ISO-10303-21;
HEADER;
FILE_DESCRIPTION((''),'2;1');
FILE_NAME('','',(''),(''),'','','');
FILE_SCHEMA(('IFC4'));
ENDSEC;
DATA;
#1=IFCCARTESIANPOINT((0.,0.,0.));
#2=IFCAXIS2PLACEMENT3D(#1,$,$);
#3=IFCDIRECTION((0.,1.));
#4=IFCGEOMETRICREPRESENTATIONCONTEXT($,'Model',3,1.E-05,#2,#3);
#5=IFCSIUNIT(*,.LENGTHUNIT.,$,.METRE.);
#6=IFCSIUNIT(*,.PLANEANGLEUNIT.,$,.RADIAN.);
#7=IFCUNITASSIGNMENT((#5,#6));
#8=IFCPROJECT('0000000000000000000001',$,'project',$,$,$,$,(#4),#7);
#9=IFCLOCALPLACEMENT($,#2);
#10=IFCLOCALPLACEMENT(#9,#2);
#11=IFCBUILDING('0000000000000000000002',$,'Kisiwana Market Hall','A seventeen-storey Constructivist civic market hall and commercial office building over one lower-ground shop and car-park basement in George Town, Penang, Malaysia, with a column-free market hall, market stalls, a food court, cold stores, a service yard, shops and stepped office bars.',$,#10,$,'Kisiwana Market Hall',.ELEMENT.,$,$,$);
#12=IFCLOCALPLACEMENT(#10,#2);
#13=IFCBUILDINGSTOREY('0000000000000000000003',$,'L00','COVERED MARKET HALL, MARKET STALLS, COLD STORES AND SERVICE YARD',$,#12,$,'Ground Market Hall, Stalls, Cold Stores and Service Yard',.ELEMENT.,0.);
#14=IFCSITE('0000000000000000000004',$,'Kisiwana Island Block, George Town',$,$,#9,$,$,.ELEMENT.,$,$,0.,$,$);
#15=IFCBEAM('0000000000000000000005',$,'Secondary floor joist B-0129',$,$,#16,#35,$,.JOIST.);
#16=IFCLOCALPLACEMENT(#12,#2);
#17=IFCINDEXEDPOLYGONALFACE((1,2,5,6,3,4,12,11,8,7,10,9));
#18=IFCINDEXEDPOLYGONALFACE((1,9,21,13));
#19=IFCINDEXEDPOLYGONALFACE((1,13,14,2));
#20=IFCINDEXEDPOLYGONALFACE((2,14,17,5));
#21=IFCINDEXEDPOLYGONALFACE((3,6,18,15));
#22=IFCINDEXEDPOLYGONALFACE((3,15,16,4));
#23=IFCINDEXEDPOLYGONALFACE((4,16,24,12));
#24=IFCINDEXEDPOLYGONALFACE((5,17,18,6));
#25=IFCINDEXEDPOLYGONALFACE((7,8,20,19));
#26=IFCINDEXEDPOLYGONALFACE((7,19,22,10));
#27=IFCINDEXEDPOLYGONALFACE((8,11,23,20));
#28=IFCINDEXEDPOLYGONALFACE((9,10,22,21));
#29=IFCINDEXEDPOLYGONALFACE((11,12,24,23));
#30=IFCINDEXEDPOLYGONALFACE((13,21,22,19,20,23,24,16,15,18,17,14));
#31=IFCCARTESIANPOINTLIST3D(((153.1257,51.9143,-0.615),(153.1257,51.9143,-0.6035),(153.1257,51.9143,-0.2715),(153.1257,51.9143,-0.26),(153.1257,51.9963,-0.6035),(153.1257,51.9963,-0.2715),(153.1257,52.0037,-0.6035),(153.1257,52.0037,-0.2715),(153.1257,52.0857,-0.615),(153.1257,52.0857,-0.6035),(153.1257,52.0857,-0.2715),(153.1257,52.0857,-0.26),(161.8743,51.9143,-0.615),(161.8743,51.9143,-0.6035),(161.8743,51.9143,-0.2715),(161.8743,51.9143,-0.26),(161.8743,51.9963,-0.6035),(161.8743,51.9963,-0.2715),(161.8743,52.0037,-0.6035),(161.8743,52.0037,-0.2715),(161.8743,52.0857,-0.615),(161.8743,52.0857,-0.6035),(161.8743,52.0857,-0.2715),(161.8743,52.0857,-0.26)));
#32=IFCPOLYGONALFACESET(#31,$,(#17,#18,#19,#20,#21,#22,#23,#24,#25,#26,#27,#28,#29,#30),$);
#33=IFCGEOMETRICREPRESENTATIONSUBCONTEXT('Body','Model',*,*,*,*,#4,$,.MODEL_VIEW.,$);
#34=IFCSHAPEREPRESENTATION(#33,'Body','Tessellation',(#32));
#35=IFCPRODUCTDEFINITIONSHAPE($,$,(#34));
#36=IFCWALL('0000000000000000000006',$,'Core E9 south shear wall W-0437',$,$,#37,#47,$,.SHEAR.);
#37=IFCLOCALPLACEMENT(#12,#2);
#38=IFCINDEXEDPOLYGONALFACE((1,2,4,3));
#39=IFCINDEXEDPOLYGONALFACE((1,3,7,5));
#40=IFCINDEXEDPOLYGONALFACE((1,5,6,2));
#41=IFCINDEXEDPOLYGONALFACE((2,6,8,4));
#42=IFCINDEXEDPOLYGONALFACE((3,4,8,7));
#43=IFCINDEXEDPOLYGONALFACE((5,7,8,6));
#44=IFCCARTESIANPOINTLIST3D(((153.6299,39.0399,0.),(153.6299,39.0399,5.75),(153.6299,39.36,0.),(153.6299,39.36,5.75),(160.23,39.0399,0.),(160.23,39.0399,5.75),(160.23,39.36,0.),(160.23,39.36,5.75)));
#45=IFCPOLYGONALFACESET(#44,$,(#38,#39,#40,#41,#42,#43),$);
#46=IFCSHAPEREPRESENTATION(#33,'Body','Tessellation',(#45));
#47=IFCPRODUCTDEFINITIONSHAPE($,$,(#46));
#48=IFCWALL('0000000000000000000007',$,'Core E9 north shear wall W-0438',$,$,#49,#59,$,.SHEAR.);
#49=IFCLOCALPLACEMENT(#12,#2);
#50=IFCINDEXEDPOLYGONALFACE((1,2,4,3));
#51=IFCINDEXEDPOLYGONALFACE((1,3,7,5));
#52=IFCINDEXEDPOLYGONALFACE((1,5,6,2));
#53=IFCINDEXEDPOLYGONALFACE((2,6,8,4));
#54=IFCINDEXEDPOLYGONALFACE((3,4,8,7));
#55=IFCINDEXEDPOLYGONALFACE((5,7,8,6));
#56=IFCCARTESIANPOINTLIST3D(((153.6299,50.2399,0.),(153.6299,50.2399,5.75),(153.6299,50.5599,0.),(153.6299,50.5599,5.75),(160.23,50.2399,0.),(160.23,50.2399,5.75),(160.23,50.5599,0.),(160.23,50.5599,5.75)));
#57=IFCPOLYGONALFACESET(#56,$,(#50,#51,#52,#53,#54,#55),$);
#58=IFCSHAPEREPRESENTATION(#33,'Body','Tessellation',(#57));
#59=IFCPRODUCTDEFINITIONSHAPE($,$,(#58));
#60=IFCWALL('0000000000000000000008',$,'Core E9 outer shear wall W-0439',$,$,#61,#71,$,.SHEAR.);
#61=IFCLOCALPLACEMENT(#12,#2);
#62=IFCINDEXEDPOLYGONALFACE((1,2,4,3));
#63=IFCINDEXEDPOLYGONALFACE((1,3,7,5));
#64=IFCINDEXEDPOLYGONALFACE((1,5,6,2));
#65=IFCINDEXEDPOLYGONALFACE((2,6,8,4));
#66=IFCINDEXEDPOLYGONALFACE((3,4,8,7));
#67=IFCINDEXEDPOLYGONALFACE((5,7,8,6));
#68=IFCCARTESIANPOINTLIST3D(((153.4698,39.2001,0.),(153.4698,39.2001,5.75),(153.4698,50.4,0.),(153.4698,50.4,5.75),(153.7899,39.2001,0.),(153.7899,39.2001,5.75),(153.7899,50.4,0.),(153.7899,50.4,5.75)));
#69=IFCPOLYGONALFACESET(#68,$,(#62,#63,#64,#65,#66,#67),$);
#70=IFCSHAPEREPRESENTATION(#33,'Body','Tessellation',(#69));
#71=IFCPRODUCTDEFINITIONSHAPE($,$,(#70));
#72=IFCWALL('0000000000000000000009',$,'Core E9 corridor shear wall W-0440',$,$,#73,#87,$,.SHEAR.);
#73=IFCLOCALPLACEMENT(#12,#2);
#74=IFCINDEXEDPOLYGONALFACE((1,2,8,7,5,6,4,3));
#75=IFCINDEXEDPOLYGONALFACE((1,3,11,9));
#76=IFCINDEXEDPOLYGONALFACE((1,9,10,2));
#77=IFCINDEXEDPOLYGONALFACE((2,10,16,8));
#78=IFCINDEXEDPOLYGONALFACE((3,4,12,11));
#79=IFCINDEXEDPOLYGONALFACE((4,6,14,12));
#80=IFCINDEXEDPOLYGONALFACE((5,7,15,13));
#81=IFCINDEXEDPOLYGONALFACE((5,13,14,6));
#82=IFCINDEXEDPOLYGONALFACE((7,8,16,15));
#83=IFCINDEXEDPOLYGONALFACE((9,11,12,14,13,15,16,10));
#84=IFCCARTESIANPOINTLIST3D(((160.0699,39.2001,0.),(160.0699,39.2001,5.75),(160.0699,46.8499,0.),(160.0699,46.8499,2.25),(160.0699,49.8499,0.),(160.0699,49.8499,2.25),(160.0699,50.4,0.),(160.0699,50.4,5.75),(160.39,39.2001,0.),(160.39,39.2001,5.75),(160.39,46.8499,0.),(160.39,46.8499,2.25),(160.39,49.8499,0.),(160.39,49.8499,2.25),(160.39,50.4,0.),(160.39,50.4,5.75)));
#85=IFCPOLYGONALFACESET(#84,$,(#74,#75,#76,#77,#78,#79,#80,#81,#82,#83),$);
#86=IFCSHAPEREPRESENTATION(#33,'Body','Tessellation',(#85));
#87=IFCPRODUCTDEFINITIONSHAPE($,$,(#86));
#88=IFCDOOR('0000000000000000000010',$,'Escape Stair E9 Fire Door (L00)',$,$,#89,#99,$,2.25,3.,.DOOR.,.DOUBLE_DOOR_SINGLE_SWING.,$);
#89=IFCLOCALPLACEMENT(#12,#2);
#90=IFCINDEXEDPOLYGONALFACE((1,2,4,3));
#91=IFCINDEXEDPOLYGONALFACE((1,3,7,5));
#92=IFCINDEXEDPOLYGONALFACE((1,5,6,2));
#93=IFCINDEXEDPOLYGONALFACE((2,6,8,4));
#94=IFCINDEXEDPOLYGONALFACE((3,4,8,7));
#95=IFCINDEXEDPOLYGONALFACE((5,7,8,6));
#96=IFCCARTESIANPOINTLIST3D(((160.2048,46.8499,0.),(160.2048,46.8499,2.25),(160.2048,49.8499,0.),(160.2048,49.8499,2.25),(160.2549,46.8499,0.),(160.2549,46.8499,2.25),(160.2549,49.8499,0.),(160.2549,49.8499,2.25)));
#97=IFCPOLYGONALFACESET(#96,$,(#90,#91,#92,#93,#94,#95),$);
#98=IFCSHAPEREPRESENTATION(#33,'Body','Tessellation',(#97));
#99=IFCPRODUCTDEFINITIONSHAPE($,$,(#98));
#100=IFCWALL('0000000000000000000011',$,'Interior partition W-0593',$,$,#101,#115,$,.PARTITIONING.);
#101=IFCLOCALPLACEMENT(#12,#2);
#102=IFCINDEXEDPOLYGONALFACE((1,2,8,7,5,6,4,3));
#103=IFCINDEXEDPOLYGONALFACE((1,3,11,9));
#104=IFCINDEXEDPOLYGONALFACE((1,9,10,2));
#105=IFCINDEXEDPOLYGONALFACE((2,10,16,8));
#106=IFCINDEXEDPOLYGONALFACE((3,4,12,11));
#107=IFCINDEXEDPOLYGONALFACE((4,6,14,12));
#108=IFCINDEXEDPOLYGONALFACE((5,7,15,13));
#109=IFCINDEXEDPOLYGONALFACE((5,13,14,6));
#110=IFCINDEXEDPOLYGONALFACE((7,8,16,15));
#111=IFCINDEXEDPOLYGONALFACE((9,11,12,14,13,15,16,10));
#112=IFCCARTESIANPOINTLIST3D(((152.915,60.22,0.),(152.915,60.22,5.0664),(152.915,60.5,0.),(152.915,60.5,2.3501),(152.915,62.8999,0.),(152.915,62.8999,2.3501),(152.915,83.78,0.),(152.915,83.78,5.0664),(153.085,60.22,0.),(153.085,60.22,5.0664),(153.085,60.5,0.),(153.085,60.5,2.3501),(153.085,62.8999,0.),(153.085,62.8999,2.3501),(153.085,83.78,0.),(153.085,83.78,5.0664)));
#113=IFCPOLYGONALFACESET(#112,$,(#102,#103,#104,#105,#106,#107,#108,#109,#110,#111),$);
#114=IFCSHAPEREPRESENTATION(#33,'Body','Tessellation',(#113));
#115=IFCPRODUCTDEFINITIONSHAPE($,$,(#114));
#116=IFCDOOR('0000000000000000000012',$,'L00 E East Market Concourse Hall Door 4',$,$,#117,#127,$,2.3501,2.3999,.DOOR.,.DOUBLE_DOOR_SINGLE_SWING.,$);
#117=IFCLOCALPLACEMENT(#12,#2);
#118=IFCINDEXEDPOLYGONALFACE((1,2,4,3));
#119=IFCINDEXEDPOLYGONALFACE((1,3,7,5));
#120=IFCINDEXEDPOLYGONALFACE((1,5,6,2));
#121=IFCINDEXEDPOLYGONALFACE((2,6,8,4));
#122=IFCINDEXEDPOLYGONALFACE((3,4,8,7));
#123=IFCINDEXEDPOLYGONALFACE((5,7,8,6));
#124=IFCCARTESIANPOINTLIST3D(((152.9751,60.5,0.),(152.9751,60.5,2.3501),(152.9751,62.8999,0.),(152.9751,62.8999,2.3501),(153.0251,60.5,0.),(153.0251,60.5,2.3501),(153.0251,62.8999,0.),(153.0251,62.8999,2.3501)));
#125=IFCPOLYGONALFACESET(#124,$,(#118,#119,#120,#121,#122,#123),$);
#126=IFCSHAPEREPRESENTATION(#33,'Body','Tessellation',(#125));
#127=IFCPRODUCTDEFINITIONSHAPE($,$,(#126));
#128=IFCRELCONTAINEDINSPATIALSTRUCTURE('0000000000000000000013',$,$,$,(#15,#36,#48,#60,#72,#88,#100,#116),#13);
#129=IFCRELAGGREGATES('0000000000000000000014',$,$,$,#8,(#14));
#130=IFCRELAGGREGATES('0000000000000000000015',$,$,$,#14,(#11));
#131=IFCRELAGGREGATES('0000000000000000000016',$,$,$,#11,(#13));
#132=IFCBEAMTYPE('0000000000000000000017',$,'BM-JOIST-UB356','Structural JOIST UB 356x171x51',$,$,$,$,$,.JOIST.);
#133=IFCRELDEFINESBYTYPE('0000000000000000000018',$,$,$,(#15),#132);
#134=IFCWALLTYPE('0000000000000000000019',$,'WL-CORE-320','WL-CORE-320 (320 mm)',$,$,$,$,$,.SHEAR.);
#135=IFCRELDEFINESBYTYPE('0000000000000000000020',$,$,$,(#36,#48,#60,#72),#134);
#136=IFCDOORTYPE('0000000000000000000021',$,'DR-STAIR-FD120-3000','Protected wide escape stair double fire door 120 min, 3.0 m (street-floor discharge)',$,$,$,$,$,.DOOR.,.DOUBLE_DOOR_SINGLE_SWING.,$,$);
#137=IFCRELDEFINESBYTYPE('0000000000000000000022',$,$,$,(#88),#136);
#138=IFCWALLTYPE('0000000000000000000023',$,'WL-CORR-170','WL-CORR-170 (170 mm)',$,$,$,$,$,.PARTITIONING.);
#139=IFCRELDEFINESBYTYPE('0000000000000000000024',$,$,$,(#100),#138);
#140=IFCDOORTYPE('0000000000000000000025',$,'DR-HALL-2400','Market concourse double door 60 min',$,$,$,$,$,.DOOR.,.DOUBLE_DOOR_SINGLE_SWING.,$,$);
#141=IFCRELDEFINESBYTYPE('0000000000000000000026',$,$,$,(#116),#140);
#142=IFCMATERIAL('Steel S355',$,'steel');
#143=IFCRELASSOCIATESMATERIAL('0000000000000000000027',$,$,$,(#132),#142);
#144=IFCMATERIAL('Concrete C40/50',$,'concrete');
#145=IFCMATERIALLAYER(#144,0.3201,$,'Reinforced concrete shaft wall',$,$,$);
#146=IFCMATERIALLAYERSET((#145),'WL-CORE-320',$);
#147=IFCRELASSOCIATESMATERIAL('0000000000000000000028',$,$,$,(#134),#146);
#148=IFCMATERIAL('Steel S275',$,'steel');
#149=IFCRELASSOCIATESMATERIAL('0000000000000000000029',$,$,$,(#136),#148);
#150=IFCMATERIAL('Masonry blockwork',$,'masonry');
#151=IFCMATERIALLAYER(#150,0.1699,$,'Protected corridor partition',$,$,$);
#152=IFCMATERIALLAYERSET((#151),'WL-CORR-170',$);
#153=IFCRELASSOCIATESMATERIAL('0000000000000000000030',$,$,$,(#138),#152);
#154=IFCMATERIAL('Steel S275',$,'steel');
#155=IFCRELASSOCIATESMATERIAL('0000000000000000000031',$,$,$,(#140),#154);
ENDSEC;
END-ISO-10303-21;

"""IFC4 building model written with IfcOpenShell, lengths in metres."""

from ifc_helpers import new_model, si_unit, direction, frame, frame_2d, origin, origin_2d, place, context, subcontext, project, spatial, rectangle, i_section, extrude, material, layer, layer_set, material_profile, profile_set, type_object, element, fill, save


model = new_model("IFC4")

# Units and contexts
model_context = context("Model", 3, precision=1e-05, world=origin(), true_north=direction((0.0, 1.0)))
body_context = subcontext(model_context, "Body", "Model", "MODEL_VIEW")
ifc_project = project(units=[si_unit("LENGTHUNIT", "METRE"), si_unit("PLANEANGLEUNIT", "RADIAN")], contexts=[model_context])

# Site, building, storey
site_placement = place(None, origin())
site = spatial("IfcSite", under=ifc_project, at=site_placement, Name="Kisiwana Island Block, George Town", CompositionType="ELEMENT", RefElevation=0.0)
building_placement = place(site_placement, origin())
building = spatial("IfcBuilding", under=site, at=building_placement, Name="Kisiwana Market Hall", Description="A seventeen-storey Constructivist civic market hall and commercial office building over one lower-ground shop and car-park basement in George Town, Penang, Malaysia, with a column-free market hall, market stalls, a food court, cold stores, a service yard, shops and stepped office bars.", LongName="Kisiwana Market Hall", CompositionType="ELEMENT")
storey_placement = place(building_placement, origin())
storey = spatial("IfcBuildingStorey", under=building, at=storey_placement, Name="L00", Description="COVERED MARKET HALL, MARKET STALLS, COLD STORES AND SERVICE YARD", LongName="Ground Market Hall, Stalls, Cold Stores and Service Yard", CompositionType="ELEMENT", Elevation=0.0)

# Beam
ifc_material_1 = material(Name="Steel S355", Category="steel")
ifc_material_profile_1 = material_profile(ifc_material_1, i_section(OverallWidth=0.1714, OverallDepth=0.355, WebThickness=0.0073, FlangeThickness=0.0115, at=origin_2d()), Name="UB 356x171x51")
ifc_profile_set_1 = profile_set([ifc_material_profile_1], Name="Steel S355")
beam_type_1 = type_object("IfcBeamType", Name="BM-JOIST-UB356", Description="Structural JOIST UB 356x171x51", PredefinedType="JOIST", material=ifc_profile_set_1)
beam_1_placement = place(storey_placement, frame((153.1257, 52.0, -0.4375), z_axis=(1.0, 0.0, 0.0), x_axis=(0.0, 1.0, 0.0)))
element("IfcBeam", 1, at=beam_1_placement, inside=storey, type_object=beam_type_1, Name="Secondary floor joist B-0129", PredefinedType="JOIST", context=body_context, shape_type="SweptSolid", body=[
    extrude(i_section(OverallWidth=0.1714, OverallDepth=0.355, WebThickness=0.0073, FlangeThickness=0.0115, at=origin_2d()), origin(), (0.0, 0.0, 1.0), 8.7485),
])

# Walls
ifc_material_2 = material(Name="Concrete C40/50", Category="concrete")
ifc_layer_1 = layer(ifc_material_2, 0.3201, Name="Reinforced concrete shaft wall")
ifc_layer_set_1 = layer_set([ifc_layer_1], Name="WL-CORE-320")
wall_type_1 = type_object("IfcWallType", Name="WL-CORE-320", Description="WL-CORE-320 (320 mm)", PredefinedType="SHEAR", material=ifc_layer_set_1)
for number, where, z_axis, x_axis, name in (
    (2, (153.6299, 39.2, 0.0), (0.0, 0.0, 1.0), (1.0, 0.0, 0.0), "Core E9 south shear wall W-0437"),
    (3, (153.6299, 50.3999, 0.0), (0.0, 0.0, 1.0), (1.0, 0.0, 0.0), "Core E9 north shear wall W-0438"),
):
    element("IfcWall", number, at=place(storey_placement, frame(where, z_axis=z_axis, x_axis=x_axis)), inside=storey, type_object=wall_type_1, Name=name, PredefinedType="SHEAR", context=body_context, shape_type="SweptSolid", body=[
        extrude(rectangle(XDim=6.6001, YDim=0.3201, at=frame_2d((3.3, 0.0))), origin(), (0.0, 0.0, 1.0), 5.75),
    ])
wall_1_placement = place(storey_placement, frame((153.6299, 39.2, 0.0), z_axis=(0.0, 0.0, 1.0), x_axis=(0.0, 1.0, 0.0)))
element("IfcWall", 4, at=wall_1_placement, inside=storey, type_object=wall_type_1, Name="Core E9 outer shear wall W-0439", PredefinedType="SHEAR", context=body_context, shape_type="SweptSolid", body=[
    extrude(rectangle(XDim=11.2, YDim=0.3201, at=frame_2d((5.6001, 0.0))), origin(), (0.0, 0.0, 1.0), 5.75),
])

# Walls, openings, doors
wall_2_placement = place(storey_placement, frame((160.23, 39.2, 0.0), z_axis=(0.0, 0.0, 1.0), x_axis=(0.0, 1.0, 0.0)))
wall_2 = element("IfcWall", 5, at=wall_2_placement, inside=storey, type_object=wall_type_1, Name="Core E9 corridor shear wall W-0440", PredefinedType="SHEAR", context=body_context, shape_type="SweptSolid", body=[
    extrude(rectangle(XDim=11.2, YDim=0.3201, at=frame_2d((5.6001, 0.0))), origin(), (0.0, 0.0, 1.0), 5.75),
])
opening_1_placement = place(wall_2_placement, frame((7.6499, 0.0, 0.0)))
opening_1 = element("IfcOpeningElement", 6, at=opening_1_placement, cuts=wall_2, PredefinedType="OPENING", context=body_context, shape_type="SweptSolid", body=[
    extrude(rectangle(XDim=3.0, YDim=2.25, at=frame_2d((1.5, 1.125))), frame((0.0, 0.1719, 0.0), z_axis=(0.0, -1.0, 0.0), x_axis=(1.0, 0.0, 0.0)), (0.0, 0.0, 1.0), 0.344),
])
ifc_material_3 = material(Name="Steel S275", Category="steel")
door_type_1 = type_object("IfcDoorType", Name="DR-STAIR-FD120-3000", Description="Protected wide escape stair double fire door 120 min, 3.0 m (street-floor discharge)", OperationType="DOUBLE_DOOR_SINGLE_SWING", PredefinedType="DOOR", material=ifc_material_3)
door_1_placement = place(opening_1_placement, frame((3.0, 0.0, 0.0), z_axis=(0.0, 0.0, 1.0), x_axis=(-1.0, 0.0, 0.0)))
door_1 = element("IfcDoor", 7, at=door_1_placement, inside=storey, type_object=door_type_1, Name="Escape Stair E9 Fire Door (L00)", OperationType="DOUBLE_DOOR_SINGLE_SWING", OverallHeight=2.25, OverallWidth=3.0, PredefinedType="DOOR", context=body_context, shape_type="SweptSolid", body=[
    extrude(rectangle(XDim=3.0, YDim=2.25, at=frame_2d((1.5, 1.125))), frame((0.0, 0.0249, 0.0), z_axis=(0.0, -1.0, 0.0), x_axis=(1.0, 0.0, 0.0)), (0.0, 0.0, 1.0), 0.05),
])
fill(opening_1, door_1)
ifc_material_4 = material(Name="Masonry blockwork", Category="masonry")
ifc_layer_2 = layer(ifc_material_4, 0.1699, Name="Protected corridor partition")
ifc_layer_set_2 = layer_set([ifc_layer_2], Name="WL-CORR-170")
wall_type_2 = type_object("IfcWallType", Name="WL-CORR-170", Description="WL-CORR-170 (170 mm)", PredefinedType="PARTITIONING", material=ifc_layer_set_2)
wall_3_placement = place(storey_placement, frame((153.0, 60.22, 0.0), z_axis=(0.0, 0.0, 1.0), x_axis=(0.0, 1.0, 0.0)))
wall_3 = element("IfcWall", 8, at=wall_3_placement, inside=storey, type_object=wall_type_2, Name="Interior partition W-0593", PredefinedType="PARTITIONING", context=body_context, shape_type="SweptSolid", body=[
    extrude(rectangle(XDim=23.5601, YDim=0.1699, at=frame_2d((11.78, 0.0))), origin(), (0.0, 0.0, 1.0), 5.0664),
])
opening_2_placement = place(wall_3_placement, frame((0.28, 0.0, 0.0)))
opening_2 = element("IfcOpeningElement", 9, at=opening_2_placement, cuts=wall_3, PredefinedType="OPENING", context=body_context, shape_type="SweptSolid", body=[
    extrude(rectangle(XDim=2.3999, YDim=2.3501, at=frame_2d((1.2, 1.175))), frame((0.0, 0.0969, 0.0), z_axis=(0.0, -1.0, 0.0), x_axis=(1.0, 0.0, 0.0)), (0.0, 0.0, 1.0), 0.1938),
])
ifc_material_5 = material(Name="Steel S275", Category="steel")
door_type_2 = type_object("IfcDoorType", Name="DR-HALL-2400", Description="Market concourse double door 60 min", OperationType="DOUBLE_DOOR_SINGLE_SWING", PredefinedType="DOOR", material=ifc_material_5)
door_2_placement = place(opening_2_placement, origin())
door_2 = element("IfcDoor", 10, at=door_2_placement, inside=storey, type_object=door_type_2, Name="L00 E East Market Concourse Hall Door 4", OperationType="DOUBLE_DOOR_SINGLE_SWING", OverallHeight=2.3501, OverallWidth=2.3999, PredefinedType="DOOR", context=body_context, shape_type="SweptSolid", body=[
    extrude(rectangle(XDim=2.3999, YDim=2.3501, at=frame_2d((1.2, 1.175))), frame((0.0, 0.0249, 0.0), z_axis=(0.0, -1.0, 0.0), x_axis=(1.0, 0.0, 0.0)), (0.0, 0.0, 1.0), 0.05),
])
fill(opening_2, door_2)

save(model, "model.ifc")
